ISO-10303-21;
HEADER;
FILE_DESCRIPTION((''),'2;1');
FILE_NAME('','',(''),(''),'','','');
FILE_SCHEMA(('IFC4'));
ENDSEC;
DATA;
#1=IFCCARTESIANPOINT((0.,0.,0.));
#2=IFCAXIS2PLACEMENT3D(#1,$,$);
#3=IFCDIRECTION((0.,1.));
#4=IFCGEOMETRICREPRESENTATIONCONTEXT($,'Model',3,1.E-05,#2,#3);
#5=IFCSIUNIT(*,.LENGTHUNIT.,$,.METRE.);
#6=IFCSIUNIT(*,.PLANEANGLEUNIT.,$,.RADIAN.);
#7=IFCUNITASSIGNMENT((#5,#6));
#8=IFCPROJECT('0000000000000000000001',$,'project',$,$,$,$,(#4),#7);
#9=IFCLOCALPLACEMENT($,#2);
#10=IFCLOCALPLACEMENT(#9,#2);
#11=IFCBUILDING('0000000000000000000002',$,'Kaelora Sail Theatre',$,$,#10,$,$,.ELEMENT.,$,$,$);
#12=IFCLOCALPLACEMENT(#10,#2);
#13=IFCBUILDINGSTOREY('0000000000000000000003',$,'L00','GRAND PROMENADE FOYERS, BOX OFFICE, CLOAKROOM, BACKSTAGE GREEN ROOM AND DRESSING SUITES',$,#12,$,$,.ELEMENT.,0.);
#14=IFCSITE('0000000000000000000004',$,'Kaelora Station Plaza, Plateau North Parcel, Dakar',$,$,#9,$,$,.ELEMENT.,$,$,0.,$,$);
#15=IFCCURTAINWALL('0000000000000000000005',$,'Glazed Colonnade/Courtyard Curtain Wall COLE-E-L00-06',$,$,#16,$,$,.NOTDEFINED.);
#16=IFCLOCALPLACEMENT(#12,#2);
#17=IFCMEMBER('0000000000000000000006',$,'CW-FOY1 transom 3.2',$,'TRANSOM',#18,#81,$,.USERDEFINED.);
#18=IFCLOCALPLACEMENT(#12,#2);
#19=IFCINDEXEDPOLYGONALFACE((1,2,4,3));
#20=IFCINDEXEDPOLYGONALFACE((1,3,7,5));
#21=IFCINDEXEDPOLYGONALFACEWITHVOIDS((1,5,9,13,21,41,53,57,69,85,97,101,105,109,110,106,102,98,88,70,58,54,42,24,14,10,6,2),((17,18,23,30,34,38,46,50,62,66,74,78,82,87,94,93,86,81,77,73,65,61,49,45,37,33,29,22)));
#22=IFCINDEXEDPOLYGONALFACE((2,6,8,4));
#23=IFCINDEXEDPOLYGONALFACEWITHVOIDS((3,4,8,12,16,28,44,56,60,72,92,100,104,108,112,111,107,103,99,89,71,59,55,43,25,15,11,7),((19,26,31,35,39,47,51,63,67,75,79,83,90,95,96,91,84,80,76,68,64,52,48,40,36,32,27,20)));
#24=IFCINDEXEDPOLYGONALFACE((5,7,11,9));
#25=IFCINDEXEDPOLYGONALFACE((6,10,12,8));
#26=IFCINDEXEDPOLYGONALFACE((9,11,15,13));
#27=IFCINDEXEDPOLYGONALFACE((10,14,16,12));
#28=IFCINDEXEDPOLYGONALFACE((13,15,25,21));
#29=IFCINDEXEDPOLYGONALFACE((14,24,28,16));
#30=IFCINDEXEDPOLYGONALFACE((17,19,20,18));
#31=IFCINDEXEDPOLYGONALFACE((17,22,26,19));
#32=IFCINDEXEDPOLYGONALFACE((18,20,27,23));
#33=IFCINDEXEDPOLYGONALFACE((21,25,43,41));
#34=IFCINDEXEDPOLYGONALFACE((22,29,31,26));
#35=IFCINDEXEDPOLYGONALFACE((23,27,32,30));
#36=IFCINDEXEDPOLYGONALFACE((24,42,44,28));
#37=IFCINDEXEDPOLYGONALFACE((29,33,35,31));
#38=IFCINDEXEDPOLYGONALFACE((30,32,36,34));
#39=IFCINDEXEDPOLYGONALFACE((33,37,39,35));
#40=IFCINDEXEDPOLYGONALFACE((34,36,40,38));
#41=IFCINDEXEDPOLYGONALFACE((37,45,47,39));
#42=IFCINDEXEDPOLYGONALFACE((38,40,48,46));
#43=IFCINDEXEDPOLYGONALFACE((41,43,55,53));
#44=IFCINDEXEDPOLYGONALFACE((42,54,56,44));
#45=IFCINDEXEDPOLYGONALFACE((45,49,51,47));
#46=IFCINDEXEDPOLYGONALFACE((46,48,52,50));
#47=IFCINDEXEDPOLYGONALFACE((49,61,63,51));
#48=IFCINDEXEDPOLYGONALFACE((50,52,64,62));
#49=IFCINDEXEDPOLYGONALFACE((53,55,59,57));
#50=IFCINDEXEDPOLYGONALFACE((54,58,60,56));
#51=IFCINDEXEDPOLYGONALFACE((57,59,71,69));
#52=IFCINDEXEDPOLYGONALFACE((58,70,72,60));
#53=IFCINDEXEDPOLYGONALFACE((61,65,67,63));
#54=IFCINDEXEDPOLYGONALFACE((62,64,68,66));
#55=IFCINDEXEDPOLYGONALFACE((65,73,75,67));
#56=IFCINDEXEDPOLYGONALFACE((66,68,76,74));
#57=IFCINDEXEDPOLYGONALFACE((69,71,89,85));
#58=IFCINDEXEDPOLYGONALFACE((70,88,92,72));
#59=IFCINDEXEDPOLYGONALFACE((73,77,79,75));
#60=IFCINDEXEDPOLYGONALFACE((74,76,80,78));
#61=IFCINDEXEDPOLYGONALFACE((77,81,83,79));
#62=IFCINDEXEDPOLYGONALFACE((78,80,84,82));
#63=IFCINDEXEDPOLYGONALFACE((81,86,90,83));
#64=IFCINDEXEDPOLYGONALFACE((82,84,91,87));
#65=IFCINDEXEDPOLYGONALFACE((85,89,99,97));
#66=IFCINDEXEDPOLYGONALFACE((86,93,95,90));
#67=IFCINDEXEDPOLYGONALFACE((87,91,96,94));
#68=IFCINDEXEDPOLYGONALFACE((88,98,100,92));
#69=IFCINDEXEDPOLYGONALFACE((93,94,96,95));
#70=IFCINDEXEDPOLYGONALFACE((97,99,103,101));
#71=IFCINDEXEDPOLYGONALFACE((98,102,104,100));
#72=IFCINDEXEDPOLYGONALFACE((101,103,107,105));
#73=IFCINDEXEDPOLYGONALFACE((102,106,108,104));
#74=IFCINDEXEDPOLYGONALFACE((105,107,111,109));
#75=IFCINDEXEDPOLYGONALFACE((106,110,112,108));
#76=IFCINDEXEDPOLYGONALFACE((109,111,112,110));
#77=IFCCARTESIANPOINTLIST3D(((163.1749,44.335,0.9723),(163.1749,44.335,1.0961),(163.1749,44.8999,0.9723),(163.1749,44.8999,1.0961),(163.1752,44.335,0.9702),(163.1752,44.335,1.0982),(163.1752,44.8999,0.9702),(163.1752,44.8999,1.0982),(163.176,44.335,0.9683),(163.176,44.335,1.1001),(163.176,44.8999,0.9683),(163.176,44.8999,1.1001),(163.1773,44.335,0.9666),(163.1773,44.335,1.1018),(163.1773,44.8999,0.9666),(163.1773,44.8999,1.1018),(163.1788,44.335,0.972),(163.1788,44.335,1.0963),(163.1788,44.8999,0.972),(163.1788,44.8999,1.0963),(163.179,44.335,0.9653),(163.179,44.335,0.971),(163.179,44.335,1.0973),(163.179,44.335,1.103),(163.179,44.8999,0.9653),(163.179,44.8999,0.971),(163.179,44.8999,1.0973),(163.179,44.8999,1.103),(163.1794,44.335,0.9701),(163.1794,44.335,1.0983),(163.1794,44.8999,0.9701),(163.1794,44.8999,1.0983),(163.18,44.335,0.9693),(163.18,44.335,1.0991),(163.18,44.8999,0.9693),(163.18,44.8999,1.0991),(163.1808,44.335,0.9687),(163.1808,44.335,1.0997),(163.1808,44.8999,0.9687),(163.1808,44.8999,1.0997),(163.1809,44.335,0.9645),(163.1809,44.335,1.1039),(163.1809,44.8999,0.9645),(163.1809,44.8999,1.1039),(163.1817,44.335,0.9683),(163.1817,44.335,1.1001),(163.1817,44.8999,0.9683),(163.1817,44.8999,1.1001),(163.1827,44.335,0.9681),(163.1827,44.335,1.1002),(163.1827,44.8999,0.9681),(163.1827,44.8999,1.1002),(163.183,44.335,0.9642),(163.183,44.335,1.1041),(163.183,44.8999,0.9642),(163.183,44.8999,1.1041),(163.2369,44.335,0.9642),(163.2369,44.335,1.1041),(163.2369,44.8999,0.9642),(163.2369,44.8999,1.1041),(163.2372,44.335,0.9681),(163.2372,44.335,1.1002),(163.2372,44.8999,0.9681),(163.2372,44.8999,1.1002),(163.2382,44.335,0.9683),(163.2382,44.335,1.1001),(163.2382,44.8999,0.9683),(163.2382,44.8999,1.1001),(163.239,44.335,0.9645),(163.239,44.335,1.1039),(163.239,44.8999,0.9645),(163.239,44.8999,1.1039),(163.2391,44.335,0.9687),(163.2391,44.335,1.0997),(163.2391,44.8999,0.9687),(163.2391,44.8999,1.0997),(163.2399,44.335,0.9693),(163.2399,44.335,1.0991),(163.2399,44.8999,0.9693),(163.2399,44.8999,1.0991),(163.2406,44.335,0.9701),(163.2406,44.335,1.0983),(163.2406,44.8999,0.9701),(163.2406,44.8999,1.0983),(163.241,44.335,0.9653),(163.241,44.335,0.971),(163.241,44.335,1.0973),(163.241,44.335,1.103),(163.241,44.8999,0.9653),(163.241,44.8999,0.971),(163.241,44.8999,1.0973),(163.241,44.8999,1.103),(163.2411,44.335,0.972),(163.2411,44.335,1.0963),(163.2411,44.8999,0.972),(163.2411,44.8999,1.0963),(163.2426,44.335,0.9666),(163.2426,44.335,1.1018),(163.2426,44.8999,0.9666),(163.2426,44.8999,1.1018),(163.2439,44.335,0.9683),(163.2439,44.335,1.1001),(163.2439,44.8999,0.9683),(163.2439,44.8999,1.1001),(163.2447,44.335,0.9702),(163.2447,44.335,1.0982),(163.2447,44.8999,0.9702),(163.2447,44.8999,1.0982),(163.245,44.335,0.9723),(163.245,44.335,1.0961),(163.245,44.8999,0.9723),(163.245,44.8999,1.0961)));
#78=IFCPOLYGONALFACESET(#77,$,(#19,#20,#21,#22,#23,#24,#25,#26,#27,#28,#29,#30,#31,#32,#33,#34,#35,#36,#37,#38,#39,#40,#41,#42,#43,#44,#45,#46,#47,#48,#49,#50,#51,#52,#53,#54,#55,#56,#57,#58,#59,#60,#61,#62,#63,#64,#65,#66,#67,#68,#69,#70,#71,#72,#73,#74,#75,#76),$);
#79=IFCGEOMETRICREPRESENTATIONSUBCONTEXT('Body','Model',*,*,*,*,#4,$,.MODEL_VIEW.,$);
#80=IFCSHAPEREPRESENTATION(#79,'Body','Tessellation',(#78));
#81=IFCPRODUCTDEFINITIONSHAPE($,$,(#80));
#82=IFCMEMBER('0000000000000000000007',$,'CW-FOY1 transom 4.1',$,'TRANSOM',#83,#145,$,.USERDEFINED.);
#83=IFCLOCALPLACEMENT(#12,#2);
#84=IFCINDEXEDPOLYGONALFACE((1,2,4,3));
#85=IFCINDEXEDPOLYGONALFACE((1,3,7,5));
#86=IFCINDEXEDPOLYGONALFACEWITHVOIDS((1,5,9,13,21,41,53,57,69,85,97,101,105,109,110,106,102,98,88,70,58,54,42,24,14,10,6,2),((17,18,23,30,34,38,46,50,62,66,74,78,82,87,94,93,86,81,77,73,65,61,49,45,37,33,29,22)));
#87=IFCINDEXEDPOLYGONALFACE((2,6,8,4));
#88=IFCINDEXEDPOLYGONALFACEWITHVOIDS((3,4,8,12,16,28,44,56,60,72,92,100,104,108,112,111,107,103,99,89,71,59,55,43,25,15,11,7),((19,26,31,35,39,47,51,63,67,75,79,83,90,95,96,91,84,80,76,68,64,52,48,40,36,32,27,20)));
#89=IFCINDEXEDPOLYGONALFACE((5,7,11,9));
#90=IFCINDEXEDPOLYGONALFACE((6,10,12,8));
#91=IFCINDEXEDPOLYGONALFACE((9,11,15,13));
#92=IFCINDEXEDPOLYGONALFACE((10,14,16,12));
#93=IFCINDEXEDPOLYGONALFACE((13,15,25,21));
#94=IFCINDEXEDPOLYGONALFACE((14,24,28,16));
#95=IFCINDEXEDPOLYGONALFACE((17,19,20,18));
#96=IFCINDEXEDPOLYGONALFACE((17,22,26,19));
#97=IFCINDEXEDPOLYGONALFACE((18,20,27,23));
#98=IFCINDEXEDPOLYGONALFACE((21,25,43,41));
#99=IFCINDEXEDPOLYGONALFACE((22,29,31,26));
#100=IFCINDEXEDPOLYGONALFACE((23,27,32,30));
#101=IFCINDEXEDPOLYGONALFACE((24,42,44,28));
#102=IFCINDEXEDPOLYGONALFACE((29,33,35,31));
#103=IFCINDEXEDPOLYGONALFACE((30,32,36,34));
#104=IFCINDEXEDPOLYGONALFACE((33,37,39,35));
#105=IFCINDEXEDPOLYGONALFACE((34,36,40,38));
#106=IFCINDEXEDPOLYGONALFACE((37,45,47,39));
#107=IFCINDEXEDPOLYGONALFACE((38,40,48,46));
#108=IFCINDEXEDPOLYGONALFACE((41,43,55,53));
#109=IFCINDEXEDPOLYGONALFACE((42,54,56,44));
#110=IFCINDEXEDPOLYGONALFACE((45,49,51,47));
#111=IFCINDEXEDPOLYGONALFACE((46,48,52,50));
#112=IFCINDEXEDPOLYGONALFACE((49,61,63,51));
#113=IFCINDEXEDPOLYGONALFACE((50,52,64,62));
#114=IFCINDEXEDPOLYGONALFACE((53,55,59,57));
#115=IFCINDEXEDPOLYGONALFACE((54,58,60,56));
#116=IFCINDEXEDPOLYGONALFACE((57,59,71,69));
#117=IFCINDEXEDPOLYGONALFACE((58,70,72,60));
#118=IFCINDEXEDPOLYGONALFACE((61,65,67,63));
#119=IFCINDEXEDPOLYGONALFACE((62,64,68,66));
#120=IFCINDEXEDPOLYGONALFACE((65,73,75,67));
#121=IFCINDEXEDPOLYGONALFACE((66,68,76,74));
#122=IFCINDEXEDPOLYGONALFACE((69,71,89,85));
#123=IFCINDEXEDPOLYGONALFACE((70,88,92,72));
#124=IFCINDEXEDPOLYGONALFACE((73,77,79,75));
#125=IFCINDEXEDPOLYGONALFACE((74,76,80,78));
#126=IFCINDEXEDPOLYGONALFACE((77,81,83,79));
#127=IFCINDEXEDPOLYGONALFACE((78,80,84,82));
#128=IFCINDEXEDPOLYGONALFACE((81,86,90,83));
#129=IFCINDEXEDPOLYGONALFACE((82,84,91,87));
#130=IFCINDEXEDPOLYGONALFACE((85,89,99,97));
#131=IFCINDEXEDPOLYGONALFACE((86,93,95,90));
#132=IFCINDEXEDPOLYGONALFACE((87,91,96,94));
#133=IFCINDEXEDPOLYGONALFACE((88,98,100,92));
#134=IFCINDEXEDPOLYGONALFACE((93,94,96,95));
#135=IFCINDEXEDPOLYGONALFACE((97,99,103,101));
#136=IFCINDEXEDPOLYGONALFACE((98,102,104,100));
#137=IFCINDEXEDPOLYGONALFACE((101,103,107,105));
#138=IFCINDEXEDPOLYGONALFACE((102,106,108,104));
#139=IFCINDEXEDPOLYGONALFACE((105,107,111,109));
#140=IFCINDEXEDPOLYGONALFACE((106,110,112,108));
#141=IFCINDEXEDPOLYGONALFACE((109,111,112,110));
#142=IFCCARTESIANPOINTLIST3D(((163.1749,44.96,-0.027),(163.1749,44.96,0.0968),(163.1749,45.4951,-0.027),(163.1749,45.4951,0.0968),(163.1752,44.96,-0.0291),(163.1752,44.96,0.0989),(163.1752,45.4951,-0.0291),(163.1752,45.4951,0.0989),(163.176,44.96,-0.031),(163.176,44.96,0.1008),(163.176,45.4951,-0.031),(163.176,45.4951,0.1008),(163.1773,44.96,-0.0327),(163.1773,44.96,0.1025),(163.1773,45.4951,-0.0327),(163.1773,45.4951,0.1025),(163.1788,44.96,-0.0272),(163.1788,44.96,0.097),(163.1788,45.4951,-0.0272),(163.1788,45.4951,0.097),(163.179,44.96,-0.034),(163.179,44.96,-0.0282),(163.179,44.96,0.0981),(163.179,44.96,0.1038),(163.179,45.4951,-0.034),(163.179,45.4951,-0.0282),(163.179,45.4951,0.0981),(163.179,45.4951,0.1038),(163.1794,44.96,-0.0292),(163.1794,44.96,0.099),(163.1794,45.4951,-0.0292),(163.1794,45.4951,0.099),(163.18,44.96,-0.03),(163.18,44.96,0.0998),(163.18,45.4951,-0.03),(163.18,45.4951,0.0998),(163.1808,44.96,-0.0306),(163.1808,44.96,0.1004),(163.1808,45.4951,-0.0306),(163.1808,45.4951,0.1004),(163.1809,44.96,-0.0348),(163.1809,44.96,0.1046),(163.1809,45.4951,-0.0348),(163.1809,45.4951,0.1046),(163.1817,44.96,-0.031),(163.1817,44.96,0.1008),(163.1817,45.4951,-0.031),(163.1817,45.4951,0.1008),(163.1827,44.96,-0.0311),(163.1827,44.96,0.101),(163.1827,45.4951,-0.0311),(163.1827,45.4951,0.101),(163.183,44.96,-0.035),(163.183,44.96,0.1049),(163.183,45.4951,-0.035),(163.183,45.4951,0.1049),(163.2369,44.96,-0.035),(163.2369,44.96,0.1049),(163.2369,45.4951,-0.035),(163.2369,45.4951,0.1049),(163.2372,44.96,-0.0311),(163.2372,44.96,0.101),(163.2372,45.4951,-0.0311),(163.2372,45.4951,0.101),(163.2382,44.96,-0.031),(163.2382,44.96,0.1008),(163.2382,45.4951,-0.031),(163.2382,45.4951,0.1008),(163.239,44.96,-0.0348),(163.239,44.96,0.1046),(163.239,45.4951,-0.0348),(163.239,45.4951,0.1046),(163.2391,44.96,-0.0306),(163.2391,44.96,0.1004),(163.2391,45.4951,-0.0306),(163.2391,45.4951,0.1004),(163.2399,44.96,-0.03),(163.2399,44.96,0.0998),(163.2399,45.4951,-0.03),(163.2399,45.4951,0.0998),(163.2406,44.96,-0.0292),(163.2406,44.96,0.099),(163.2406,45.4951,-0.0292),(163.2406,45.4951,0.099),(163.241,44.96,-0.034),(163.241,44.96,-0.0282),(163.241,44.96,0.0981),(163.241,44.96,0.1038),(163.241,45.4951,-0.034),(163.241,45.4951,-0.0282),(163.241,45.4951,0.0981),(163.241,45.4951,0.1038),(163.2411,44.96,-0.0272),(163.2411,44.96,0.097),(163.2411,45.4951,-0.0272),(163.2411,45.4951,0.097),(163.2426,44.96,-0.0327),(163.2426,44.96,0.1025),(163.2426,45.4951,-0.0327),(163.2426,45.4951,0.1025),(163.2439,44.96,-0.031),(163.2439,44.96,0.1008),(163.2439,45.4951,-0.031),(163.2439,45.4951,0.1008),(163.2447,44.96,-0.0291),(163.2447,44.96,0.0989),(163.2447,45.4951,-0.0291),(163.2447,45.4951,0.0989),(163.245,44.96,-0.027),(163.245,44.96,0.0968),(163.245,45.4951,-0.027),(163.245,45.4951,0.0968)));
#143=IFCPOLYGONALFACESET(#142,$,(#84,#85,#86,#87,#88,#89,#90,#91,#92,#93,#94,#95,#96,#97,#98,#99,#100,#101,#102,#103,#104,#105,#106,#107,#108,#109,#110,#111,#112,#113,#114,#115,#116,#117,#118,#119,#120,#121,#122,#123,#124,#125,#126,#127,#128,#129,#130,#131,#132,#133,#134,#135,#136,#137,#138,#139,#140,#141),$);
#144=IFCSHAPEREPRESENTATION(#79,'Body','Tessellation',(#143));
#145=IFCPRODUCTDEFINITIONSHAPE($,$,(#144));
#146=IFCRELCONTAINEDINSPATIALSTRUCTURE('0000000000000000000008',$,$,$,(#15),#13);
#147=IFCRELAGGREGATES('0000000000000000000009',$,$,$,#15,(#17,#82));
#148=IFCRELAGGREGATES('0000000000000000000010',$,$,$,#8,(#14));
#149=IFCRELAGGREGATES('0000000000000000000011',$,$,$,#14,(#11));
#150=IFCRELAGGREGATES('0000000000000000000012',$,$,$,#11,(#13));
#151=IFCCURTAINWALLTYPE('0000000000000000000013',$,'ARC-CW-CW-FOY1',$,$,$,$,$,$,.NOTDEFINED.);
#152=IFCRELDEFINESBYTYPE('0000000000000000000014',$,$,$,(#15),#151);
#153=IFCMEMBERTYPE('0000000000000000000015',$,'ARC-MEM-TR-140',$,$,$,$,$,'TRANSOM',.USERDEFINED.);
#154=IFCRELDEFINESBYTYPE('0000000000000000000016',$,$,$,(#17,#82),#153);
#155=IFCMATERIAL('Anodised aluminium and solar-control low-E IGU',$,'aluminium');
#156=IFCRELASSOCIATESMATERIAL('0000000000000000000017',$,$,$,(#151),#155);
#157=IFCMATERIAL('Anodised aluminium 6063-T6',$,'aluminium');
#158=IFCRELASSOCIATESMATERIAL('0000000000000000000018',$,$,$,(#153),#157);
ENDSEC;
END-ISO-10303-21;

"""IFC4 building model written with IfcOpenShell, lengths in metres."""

from ifc_helpers import new_model, si_unit, direction, frame, origin, origin_2d, place, context, subcontext, project, spatial, hollow_rectangle, extrude, material, material_profile, profile_set, type_object, element, aggregate, save


model = new_model("IFC4")

# Units and contexts
model_context = context("Model", 3, precision=1e-05, world=origin(), true_north=direction((0.0, 1.0)))
body_context = subcontext(model_context, "Body", "Model", "MODEL_VIEW")
ifc_project = project(units=[si_unit("LENGTHUNIT", "METRE"), si_unit("PLANEANGLEUNIT", "RADIAN")], contexts=[model_context])

# Site, building, storey
site_placement = place(None, origin())
site = spatial("IfcSite", under=ifc_project, at=site_placement, Name="Kaelora Station Plaza, Plateau North Parcel, Dakar", CompositionType="ELEMENT", RefElevation=0.0)
building_placement = place(site_placement, origin())
building = spatial("IfcBuilding", under=site, at=building_placement, Name="Kaelora Sail Theatre", CompositionType="ELEMENT")
storey_placement = place(building_placement, origin())
storey = spatial("IfcBuildingStorey", under=building, at=storey_placement, Name="L00", Description="GRAND PROMENADE FOYERS, BOX OFFICE, CLOAKROOM, BACKSTAGE GREEN ROOM AND DRESSING SUITES", CompositionType="ELEMENT", Elevation=0.0)

# Curtain wall
ifc_material_1 = material(Name="Anodised aluminium and solar-control low-E IGU", Category="aluminium")
curtain_wall_type = type_object("IfcCurtainWallType", Name="ARC-CW-CW-FOY1", PredefinedType="NOTDEFINED", material=ifc_material_1)
curtain_wall_1_placement = place(storey_placement, origin())
curtain_wall_1 = element("IfcCurtainWall", 1, at=curtain_wall_1_placement, inside=storey, type_object=curtain_wall_type, Name="Glazed Colonnade/Courtyard Curtain Wall COLE-E-L00-06", PredefinedType="NOTDEFINED")

# Members
ifc_material_2 = material(Name="Anodised aluminium 6063-T6", Category="aluminium")
ifc_material_profile_1 = material_profile(ifc_material_2, hollow_rectangle(XDim=0.0701, YDim=0.1399, WallThickness=0.0039, InnerFilletRadius=0.0039, OuterFilletRadius=0.0081, at=origin_2d()), Name="ALU-TRAN 70x140x4")
ifc_profile_set_1 = profile_set([ifc_material_profile_1], Name="Anodised aluminium 6063-T6")
member_type_1 = type_object("IfcMemberType", Name="ARC-MEM-TR-140", ElementType="TRANSOM", PredefinedType="USERDEFINED", material=ifc_profile_set_1)
member_1_placement = place(storey_placement, frame((163.21, 44.335, 1.0342), z_axis=(0.0, 1.0, 0.0), x_axis=(-1.0, 0.0, 0.0)))
member_1 = element("IfcMember", 2, at=member_1_placement, type_object=member_type_1, Name="CW-FOY1 transom 3.2", ObjectType="TRANSOM", PredefinedType="USERDEFINED", context=body_context, shape_type="SweptSolid", body=[
    extrude(hollow_rectangle(XDim=0.0701, YDim=0.1399, WallThickness=0.0039, InnerFilletRadius=0.0039, OuterFilletRadius=0.0081, at=origin_2d()), origin(), (0.0, 0.0, 1.0), 0.5649),
])
member_2_placement = place(storey_placement, frame((163.21, 44.96, 0.0349), z_axis=(0.0, 1.0, 0.0), x_axis=(-1.0, 0.0, 0.0)))
member_2 = element("IfcMember", 3, at=member_2_placement, type_object=member_type_1, Name="CW-FOY1 transom 4.1", ObjectType="TRANSOM", PredefinedType="USERDEFINED", context=body_context, shape_type="SweptSolid", body=[
    extrude(hollow_rectangle(XDim=0.0701, YDim=0.1399, WallThickness=0.0039, InnerFilletRadius=0.0039, OuterFilletRadius=0.0081, at=origin_2d()), origin(), (0.0, 0.0, 1.0), 0.5352),
])

aggregate(curtain_wall_1, [member_1, member_2])

save(model, "model.ifc")
